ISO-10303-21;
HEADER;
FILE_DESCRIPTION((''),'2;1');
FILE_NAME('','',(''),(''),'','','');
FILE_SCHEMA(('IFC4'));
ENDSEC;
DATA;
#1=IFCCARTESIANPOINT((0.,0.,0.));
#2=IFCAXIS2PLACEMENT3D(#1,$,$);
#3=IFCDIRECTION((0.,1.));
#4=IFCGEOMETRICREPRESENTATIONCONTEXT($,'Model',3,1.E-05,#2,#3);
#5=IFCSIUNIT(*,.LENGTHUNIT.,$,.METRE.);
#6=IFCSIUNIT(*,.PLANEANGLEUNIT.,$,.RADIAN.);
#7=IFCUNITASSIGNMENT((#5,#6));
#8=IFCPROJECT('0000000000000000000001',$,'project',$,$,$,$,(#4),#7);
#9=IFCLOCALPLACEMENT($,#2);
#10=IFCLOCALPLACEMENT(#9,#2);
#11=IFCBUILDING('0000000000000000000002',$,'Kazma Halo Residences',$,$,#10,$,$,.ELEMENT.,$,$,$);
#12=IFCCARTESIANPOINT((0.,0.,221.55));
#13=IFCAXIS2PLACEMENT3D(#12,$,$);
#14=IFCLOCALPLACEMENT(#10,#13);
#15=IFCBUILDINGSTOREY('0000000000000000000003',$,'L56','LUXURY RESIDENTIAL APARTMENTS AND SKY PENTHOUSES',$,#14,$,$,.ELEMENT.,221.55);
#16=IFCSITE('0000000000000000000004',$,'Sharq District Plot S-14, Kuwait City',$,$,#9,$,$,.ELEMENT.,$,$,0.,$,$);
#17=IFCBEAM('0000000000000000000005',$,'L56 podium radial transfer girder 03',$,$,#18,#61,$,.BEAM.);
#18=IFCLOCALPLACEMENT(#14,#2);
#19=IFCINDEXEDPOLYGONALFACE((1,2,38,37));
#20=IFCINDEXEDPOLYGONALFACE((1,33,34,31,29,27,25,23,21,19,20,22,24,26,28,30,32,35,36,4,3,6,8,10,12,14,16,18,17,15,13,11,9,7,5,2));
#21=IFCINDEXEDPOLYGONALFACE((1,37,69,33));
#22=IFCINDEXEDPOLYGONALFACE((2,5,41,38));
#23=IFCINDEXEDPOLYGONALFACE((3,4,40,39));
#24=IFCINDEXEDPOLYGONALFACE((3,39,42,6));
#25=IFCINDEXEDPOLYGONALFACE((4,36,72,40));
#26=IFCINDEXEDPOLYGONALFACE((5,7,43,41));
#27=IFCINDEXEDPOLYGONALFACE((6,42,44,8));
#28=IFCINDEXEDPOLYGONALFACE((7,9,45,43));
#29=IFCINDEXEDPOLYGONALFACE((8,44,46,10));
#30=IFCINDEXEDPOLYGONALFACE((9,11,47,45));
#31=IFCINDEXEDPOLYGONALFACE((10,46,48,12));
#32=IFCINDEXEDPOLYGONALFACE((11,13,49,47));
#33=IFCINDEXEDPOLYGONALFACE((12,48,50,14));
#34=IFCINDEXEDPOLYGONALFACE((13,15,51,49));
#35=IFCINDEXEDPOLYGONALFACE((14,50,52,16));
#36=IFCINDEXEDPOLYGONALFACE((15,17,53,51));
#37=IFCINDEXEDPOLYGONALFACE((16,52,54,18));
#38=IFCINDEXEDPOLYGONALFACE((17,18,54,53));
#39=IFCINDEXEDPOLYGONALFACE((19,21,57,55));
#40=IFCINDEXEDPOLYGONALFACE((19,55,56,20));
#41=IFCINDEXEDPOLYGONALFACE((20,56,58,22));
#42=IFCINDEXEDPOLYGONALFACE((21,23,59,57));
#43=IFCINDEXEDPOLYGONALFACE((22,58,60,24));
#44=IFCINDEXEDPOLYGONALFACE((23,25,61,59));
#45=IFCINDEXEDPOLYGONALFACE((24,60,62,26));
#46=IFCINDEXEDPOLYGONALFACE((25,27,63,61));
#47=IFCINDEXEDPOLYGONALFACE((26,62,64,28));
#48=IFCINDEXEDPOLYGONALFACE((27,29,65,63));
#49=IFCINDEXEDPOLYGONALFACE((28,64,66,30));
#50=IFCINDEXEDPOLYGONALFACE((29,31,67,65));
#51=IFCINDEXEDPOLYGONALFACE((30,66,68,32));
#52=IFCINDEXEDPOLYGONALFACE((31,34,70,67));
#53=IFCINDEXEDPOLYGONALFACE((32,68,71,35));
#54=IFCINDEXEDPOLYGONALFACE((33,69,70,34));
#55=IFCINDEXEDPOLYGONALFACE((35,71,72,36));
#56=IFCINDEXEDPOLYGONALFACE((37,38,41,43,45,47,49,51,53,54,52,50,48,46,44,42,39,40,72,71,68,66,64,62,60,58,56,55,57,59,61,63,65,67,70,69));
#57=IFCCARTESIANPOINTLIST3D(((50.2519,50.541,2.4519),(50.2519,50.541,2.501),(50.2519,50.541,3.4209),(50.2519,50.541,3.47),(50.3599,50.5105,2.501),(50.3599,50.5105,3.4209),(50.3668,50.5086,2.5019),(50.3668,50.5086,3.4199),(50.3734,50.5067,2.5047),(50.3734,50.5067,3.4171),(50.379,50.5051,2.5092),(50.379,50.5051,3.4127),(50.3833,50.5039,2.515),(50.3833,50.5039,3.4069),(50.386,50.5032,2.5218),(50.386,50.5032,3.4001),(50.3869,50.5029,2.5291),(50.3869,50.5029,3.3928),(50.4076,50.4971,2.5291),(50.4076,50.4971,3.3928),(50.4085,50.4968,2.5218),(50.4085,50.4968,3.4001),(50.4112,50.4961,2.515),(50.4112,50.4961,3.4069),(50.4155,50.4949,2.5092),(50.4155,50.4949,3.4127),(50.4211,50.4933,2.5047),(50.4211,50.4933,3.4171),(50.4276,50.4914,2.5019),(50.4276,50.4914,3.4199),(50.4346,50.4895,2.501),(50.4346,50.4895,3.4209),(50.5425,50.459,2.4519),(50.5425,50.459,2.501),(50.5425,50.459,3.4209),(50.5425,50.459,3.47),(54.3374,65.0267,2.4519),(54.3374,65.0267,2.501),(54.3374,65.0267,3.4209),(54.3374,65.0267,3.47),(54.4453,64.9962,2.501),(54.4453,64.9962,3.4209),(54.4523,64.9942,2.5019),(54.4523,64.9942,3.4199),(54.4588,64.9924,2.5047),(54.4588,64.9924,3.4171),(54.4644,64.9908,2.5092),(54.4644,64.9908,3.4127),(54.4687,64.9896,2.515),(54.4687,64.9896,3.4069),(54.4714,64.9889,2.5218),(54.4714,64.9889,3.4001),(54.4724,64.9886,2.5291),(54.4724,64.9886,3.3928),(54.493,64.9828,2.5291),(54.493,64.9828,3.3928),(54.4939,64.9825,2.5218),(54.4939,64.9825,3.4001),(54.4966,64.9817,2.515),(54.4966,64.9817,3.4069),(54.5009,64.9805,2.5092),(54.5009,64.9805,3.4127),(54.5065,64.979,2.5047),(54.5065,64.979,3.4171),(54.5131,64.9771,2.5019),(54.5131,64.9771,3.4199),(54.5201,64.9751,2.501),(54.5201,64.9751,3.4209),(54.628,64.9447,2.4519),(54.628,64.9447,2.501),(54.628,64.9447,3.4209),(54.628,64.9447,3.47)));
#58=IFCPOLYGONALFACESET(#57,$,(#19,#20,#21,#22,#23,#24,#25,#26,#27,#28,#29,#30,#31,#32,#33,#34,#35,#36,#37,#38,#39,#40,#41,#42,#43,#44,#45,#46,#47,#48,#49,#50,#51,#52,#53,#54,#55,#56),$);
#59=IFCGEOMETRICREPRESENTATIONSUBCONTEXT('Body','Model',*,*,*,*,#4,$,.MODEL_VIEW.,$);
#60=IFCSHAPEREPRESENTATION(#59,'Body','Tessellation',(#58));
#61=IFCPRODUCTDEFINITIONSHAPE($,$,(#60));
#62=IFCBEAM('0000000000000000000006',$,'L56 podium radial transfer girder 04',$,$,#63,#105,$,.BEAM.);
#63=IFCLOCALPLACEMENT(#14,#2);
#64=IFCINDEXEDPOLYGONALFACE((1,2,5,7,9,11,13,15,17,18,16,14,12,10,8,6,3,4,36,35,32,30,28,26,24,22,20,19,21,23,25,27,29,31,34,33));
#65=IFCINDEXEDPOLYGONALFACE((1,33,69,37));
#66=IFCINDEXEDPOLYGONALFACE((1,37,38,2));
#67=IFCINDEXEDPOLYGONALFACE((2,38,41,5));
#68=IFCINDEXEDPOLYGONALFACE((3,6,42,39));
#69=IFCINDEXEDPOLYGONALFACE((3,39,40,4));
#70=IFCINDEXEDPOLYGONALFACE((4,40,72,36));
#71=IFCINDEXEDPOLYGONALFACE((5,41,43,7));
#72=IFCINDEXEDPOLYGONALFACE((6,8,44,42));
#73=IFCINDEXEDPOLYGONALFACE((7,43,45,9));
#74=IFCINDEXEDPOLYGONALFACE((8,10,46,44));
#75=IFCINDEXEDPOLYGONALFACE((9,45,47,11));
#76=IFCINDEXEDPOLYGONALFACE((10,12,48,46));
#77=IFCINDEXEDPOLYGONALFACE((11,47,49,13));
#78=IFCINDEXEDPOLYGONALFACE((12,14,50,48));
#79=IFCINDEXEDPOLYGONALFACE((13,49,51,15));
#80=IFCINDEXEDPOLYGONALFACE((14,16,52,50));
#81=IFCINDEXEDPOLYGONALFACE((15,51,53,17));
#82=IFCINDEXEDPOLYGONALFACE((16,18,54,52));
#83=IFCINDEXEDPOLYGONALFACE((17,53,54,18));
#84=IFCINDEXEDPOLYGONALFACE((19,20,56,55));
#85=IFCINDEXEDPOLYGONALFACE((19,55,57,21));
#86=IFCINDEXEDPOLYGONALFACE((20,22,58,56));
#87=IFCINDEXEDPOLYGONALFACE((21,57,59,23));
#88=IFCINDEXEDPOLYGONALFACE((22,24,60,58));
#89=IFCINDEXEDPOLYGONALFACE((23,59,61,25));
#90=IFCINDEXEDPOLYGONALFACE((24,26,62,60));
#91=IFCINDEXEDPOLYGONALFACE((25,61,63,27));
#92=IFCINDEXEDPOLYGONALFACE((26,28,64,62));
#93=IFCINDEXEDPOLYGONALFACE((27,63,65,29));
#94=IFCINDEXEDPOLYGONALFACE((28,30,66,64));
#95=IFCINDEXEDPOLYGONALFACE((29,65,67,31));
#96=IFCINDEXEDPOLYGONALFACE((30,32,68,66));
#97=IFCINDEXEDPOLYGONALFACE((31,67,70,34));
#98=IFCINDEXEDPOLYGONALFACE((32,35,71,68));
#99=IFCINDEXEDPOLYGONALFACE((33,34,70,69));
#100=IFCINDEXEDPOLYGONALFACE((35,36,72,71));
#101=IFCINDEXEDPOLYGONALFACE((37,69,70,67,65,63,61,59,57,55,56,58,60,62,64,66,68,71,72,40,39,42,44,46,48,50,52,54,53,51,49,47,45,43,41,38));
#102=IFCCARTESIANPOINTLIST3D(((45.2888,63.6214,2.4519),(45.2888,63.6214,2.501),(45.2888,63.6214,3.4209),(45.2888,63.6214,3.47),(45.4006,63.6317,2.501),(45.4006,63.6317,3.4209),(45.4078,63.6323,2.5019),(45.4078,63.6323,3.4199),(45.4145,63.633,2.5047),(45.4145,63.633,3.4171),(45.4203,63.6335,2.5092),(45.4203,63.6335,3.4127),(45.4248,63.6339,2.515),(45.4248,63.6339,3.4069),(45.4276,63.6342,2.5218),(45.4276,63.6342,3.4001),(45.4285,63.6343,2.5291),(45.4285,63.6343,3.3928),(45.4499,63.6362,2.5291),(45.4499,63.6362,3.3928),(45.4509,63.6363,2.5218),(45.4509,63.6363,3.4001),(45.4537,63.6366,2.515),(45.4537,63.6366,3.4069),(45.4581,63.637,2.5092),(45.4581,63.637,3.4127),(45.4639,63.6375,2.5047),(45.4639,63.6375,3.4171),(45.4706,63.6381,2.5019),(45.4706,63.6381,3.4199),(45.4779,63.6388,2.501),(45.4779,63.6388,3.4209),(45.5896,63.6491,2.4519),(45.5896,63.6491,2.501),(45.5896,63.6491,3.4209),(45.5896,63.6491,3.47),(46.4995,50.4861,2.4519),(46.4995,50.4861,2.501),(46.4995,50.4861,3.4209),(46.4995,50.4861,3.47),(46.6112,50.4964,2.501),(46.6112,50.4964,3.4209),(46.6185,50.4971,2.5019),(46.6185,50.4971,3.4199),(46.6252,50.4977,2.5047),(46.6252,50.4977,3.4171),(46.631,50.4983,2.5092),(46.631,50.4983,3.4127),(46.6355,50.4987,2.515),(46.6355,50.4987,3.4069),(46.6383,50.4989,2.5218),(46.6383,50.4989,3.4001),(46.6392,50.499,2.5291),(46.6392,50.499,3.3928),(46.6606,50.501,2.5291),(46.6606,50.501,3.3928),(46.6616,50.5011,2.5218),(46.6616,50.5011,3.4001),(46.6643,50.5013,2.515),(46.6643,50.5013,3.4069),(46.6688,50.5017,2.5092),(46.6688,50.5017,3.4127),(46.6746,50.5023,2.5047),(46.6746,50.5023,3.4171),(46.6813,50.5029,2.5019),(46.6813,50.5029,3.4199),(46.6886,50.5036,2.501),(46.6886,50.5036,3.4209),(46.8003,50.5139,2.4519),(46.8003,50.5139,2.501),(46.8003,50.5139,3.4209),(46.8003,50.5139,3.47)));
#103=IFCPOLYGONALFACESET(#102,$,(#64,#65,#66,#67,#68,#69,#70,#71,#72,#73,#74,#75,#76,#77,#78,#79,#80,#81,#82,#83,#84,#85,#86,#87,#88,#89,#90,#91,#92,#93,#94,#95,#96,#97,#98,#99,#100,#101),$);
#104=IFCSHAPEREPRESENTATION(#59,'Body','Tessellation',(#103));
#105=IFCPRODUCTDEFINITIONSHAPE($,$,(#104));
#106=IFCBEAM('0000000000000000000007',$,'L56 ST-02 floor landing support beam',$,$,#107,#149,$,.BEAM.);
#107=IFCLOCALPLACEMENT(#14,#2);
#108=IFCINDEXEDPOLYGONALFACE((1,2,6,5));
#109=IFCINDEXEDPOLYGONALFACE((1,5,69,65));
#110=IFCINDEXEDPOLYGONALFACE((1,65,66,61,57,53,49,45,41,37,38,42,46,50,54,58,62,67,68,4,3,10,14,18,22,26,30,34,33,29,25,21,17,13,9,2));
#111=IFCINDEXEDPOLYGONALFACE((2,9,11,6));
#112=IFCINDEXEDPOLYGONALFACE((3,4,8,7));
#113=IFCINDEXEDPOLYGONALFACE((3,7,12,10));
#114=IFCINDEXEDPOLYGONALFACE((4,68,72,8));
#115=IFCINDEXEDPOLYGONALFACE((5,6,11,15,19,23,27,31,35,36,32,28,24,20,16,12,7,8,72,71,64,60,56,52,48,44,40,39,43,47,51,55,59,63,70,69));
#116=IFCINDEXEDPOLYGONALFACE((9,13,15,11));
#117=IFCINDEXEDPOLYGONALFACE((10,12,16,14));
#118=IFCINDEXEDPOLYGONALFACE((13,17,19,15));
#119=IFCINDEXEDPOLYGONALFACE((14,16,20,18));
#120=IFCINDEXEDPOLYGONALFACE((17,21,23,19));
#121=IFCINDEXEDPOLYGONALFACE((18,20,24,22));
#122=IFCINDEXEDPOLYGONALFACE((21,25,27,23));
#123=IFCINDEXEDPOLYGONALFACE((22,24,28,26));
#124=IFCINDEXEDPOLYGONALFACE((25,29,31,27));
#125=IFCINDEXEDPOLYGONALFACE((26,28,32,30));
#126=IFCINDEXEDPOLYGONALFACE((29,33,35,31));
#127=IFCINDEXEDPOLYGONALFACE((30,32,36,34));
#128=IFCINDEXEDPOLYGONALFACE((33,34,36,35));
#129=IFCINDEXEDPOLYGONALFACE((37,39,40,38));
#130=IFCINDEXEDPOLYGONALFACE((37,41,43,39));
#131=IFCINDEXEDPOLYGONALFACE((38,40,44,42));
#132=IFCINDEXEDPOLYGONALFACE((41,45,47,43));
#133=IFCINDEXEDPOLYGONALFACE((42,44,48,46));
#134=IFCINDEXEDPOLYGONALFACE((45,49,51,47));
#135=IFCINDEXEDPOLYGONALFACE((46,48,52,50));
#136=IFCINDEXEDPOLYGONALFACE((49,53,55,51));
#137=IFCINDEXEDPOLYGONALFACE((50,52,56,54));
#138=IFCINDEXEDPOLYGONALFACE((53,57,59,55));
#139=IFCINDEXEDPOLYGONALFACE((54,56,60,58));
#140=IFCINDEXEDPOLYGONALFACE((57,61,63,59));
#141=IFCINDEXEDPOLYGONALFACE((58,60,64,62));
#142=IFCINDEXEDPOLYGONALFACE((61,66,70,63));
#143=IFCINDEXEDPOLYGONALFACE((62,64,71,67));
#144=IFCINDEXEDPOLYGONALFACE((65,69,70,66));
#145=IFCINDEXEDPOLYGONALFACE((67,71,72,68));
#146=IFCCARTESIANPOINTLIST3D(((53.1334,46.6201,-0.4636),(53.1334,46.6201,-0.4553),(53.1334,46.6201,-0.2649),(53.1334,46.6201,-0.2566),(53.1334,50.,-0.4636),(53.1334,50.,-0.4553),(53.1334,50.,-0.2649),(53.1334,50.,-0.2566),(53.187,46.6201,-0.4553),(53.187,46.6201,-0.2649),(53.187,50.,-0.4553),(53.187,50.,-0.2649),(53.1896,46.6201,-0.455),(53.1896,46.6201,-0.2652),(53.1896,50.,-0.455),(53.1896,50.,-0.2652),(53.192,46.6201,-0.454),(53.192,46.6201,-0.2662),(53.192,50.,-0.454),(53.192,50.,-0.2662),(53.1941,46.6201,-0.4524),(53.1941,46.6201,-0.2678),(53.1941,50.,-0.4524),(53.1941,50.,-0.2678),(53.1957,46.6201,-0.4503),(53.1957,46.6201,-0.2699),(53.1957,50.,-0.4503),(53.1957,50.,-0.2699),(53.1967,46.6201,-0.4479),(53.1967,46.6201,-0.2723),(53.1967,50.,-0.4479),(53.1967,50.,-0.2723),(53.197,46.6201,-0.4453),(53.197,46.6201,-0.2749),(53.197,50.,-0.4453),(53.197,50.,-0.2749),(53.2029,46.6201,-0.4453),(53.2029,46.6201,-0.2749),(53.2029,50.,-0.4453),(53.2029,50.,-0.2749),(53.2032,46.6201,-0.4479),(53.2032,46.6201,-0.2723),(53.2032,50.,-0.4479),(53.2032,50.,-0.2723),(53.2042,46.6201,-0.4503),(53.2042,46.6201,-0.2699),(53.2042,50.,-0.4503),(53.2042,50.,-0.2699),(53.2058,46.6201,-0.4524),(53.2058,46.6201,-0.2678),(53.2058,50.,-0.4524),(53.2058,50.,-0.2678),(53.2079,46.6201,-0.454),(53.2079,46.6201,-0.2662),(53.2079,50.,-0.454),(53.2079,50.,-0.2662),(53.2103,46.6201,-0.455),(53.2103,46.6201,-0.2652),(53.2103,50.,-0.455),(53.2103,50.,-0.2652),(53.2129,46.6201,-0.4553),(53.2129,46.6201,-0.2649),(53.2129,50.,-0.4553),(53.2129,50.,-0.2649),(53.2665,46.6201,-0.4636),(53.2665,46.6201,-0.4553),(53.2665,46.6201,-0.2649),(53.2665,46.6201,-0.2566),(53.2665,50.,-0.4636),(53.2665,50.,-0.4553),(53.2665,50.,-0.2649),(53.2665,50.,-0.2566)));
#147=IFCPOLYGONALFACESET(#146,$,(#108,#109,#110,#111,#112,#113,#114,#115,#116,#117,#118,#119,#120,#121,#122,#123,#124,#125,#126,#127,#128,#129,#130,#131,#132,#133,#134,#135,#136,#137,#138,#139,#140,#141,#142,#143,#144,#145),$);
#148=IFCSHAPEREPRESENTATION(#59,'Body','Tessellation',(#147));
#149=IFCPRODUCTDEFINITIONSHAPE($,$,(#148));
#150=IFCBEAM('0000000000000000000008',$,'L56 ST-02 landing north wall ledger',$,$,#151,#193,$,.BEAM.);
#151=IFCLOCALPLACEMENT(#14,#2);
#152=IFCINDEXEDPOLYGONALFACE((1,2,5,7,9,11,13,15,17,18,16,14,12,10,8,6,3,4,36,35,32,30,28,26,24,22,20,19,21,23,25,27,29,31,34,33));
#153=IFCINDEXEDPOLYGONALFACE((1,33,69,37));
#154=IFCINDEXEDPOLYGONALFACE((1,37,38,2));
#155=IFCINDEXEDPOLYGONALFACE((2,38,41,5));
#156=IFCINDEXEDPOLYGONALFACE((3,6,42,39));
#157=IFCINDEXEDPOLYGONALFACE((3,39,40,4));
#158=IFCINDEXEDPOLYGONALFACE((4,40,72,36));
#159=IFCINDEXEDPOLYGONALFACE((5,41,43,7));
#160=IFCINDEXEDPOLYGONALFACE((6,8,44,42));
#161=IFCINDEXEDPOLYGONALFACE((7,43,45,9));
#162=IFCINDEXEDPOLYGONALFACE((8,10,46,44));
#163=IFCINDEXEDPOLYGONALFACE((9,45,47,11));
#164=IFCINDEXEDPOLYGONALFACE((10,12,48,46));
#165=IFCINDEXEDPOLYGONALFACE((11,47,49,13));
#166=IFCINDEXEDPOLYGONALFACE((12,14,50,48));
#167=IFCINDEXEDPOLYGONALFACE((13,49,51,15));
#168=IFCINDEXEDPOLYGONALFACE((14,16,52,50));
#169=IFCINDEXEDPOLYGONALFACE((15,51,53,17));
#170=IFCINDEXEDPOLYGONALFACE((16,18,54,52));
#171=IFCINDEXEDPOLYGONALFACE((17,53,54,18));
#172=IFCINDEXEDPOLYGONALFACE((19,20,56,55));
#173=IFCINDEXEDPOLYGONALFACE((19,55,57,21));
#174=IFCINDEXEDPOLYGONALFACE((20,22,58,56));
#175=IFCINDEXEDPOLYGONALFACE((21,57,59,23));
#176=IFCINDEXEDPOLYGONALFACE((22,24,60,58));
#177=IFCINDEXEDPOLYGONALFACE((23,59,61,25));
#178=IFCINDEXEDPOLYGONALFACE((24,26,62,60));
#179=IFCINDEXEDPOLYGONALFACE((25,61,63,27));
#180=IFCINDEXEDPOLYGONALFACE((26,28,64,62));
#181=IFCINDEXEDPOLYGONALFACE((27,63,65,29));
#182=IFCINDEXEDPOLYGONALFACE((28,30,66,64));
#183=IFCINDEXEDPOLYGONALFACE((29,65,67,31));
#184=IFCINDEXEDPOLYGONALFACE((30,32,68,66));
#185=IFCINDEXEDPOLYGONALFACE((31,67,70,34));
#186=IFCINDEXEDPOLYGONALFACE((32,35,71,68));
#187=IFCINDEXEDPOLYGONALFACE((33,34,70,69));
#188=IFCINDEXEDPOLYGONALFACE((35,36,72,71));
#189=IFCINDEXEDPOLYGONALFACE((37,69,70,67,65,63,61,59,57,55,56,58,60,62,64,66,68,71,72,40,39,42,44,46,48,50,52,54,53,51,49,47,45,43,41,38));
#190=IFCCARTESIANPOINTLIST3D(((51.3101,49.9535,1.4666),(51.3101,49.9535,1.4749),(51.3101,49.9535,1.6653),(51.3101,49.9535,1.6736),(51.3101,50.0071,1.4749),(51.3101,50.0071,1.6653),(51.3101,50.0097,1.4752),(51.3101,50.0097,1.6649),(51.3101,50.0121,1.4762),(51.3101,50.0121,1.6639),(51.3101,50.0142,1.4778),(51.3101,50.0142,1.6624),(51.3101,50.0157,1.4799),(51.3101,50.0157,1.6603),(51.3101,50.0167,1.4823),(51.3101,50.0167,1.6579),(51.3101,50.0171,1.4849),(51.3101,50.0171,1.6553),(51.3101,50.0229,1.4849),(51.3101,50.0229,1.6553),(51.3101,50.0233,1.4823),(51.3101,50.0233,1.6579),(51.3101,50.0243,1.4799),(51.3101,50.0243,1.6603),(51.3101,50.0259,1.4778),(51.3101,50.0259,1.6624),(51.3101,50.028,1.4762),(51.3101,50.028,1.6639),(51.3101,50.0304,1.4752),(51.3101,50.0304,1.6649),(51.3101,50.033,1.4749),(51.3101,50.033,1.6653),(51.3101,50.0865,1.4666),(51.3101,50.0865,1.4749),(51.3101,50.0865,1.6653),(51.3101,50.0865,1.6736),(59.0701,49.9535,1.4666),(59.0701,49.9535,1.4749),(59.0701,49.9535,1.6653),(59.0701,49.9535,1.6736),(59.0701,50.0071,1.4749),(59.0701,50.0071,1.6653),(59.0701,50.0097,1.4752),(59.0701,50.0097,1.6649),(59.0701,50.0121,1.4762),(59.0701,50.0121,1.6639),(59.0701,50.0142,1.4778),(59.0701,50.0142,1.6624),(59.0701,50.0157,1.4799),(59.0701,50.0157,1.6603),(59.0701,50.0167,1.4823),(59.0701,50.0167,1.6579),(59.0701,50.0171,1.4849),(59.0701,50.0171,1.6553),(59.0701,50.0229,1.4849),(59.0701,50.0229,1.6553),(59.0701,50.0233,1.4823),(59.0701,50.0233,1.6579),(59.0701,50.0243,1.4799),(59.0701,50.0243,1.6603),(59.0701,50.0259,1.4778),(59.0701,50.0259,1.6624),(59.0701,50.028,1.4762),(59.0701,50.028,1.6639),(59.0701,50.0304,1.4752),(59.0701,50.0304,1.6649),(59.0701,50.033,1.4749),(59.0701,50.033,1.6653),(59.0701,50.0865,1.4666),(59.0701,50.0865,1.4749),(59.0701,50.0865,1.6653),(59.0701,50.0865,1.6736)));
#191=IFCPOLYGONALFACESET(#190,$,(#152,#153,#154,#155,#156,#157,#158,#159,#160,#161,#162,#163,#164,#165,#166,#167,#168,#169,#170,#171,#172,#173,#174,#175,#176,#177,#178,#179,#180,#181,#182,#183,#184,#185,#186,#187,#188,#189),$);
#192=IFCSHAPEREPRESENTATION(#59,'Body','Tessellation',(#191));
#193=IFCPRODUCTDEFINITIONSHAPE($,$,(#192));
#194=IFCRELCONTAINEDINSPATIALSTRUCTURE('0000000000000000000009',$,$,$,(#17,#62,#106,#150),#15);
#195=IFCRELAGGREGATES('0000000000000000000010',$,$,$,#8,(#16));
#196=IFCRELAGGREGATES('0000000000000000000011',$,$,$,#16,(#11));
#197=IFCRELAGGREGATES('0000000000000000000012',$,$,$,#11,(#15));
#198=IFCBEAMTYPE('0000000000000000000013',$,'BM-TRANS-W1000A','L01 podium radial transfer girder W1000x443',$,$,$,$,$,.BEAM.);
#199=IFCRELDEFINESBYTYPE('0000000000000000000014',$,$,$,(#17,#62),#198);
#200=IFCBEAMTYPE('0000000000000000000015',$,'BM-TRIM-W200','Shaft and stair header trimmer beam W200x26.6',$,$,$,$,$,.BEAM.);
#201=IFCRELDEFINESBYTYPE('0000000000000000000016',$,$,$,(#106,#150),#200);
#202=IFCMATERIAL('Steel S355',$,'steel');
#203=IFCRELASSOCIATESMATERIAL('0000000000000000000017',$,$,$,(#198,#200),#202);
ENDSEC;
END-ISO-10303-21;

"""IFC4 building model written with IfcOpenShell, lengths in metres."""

from ifc_helpers import new_model, si_unit, direction, frame, origin, origin_2d, place, context, subcontext, project, spatial, i_section, extrude, material, material_profile, profile_set, type_object, element, save


model = new_model("IFC4")

# Units and contexts
model_context = context("Model", 3, precision=1e-05, world=origin(), true_north=direction((0.0, 1.0)))
body_context = subcontext(model_context, "Body", "Model", "MODEL_VIEW")
ifc_project = project(units=[si_unit("LENGTHUNIT", "METRE"), si_unit("PLANEANGLEUNIT", "RADIAN")], contexts=[model_context])

# Site, building, storey
site_placement = place(None, origin())
site = spatial("IfcSite", under=ifc_project, at=site_placement, Name="Sharq District Plot S-14, Kuwait City", CompositionType="ELEMENT", RefElevation=0.0)
building_placement = place(site_placement, origin())
building = spatial("IfcBuilding", under=site, at=building_placement, Name="Kazma Halo Residences", CompositionType="ELEMENT")
storey_placement = place(building_placement, frame((0.0, 0.0, 221.55)))
storey = spatial("IfcBuildingStorey", under=building, at=storey_placement, Name="L56", Description="LUXURY RESIDENTIAL APARTMENTS AND SKY PENTHOUSES", CompositionType="ELEMENT", Elevation=221.55)

# Shared definitions
ifc_material_1 = material(Name="Steel S355", Category="steel")

# Beams
ifc_material_profile_1 = material_profile(ifc_material_1, i_section(OverallWidth=0.302, OverallDepth=1.0181, WebThickness=0.0215, FlangeThickness=0.0491, FilletRadius=0.0281, at=origin_2d()), Name="W1000x443")
ifc_profile_set_1 = profile_set([ifc_material_profile_1], Name="Steel S355")
beam_type_1 = type_object("IfcBeamType", Name="BM-TRANS-W1000A", Description="L01 podium radial transfer girder W1000x443", PredefinedType="BEAM", material=ifc_profile_set_1)
beam_1_placement = place(storey_placement, frame((50.3972, 50.5, 2.9609), z_axis=(0.271446, 0.962454, 0.0), x_axis=(-0.962454, 0.271446, 0.0)))
element("IfcBeam", 1, at=beam_1_placement, inside=storey, type_object=beam_type_1, Name="L56 podium radial transfer girder 03", PredefinedType="BEAM", context=body_context, shape_type="SweptSolid", body=[
    extrude(i_section(OverallWidth=0.302, OverallDepth=1.0181, WebThickness=0.0215, FlangeThickness=0.0491, FilletRadius=0.0281, at=origin_2d()), origin(), (0.0, 0.0, 1.0), 15.0508),
])
beam_2_placement = place(storey_placement, frame((46.6499, 50.5, 2.9609), z_axis=(-0.091782, 0.995779, 0.0), x_axis=(-0.995779, -0.091782, 0.0)))
element("IfcBeam", 2, at=beam_2_placement, inside=storey, type_object=beam_type_1, Name="L56 podium radial transfer girder 04", PredefinedType="BEAM", context=body_context, shape_type="SweptSolid", body=[
    extrude(i_section(OverallWidth=0.302, OverallDepth=1.0181, WebThickness=0.0215, FlangeThickness=0.0491, FilletRadius=0.0281, at=origin_2d()), origin(), (0.0, 0.0, 1.0), 13.1909),
])
ifc_material_profile_2 = material_profile(ifc_material_1, i_section(OverallWidth=0.1331, OverallDepth=0.207, WebThickness=0.0059, FlangeThickness=0.0083, FilletRadius=0.01, at=origin_2d()), Name="W200x26.6")
ifc_profile_set_2 = profile_set([ifc_material_profile_2], Name="Steel S355")
beam_type_2 = type_object("IfcBeamType", Name="BM-TRIM-W200", Description="Shaft and stair header trimmer beam W200x26.6", PredefinedType="BEAM", material=ifc_profile_set_2)
beam_3_placement = place(storey_placement, frame((53.2, 46.6201, -0.3601), z_axis=(0.0, 1.0, 0.0), x_axis=(-1.0, 0.0, 0.0)))
element("IfcBeam", 3, at=beam_3_placement, inside=storey, type_object=beam_type_2, Name="L56 ST-02 floor landing support beam", PredefinedType="BEAM", context=body_context, shape_type="SweptSolid", body=[
    extrude(i_section(OverallWidth=0.1331, OverallDepth=0.207, WebThickness=0.0059, FlangeThickness=0.0083, FilletRadius=0.01, at=origin_2d()), origin(), (0.0, 0.0, 1.0), 3.3799),
])
beam_4_placement = place(storey_placement, frame((51.3101, 50.02, 1.5701), z_axis=(1.0, 0.0, 0.0), x_axis=(0.0, 1.0, 0.0)))
element("IfcBeam", 4, at=beam_4_placement, inside=storey, type_object=beam_type_2, Name="L56 ST-02 landing north wall ledger", PredefinedType="BEAM", context=body_context, shape_type="SweptSolid", body=[
    extrude(i_section(OverallWidth=0.1331, OverallDepth=0.207, WebThickness=0.0059, FlangeThickness=0.0083, FilletRadius=0.01, at=origin_2d()), origin(), (0.0, 0.0, 1.0), 7.76),
])

save(model, "model.ifc")
